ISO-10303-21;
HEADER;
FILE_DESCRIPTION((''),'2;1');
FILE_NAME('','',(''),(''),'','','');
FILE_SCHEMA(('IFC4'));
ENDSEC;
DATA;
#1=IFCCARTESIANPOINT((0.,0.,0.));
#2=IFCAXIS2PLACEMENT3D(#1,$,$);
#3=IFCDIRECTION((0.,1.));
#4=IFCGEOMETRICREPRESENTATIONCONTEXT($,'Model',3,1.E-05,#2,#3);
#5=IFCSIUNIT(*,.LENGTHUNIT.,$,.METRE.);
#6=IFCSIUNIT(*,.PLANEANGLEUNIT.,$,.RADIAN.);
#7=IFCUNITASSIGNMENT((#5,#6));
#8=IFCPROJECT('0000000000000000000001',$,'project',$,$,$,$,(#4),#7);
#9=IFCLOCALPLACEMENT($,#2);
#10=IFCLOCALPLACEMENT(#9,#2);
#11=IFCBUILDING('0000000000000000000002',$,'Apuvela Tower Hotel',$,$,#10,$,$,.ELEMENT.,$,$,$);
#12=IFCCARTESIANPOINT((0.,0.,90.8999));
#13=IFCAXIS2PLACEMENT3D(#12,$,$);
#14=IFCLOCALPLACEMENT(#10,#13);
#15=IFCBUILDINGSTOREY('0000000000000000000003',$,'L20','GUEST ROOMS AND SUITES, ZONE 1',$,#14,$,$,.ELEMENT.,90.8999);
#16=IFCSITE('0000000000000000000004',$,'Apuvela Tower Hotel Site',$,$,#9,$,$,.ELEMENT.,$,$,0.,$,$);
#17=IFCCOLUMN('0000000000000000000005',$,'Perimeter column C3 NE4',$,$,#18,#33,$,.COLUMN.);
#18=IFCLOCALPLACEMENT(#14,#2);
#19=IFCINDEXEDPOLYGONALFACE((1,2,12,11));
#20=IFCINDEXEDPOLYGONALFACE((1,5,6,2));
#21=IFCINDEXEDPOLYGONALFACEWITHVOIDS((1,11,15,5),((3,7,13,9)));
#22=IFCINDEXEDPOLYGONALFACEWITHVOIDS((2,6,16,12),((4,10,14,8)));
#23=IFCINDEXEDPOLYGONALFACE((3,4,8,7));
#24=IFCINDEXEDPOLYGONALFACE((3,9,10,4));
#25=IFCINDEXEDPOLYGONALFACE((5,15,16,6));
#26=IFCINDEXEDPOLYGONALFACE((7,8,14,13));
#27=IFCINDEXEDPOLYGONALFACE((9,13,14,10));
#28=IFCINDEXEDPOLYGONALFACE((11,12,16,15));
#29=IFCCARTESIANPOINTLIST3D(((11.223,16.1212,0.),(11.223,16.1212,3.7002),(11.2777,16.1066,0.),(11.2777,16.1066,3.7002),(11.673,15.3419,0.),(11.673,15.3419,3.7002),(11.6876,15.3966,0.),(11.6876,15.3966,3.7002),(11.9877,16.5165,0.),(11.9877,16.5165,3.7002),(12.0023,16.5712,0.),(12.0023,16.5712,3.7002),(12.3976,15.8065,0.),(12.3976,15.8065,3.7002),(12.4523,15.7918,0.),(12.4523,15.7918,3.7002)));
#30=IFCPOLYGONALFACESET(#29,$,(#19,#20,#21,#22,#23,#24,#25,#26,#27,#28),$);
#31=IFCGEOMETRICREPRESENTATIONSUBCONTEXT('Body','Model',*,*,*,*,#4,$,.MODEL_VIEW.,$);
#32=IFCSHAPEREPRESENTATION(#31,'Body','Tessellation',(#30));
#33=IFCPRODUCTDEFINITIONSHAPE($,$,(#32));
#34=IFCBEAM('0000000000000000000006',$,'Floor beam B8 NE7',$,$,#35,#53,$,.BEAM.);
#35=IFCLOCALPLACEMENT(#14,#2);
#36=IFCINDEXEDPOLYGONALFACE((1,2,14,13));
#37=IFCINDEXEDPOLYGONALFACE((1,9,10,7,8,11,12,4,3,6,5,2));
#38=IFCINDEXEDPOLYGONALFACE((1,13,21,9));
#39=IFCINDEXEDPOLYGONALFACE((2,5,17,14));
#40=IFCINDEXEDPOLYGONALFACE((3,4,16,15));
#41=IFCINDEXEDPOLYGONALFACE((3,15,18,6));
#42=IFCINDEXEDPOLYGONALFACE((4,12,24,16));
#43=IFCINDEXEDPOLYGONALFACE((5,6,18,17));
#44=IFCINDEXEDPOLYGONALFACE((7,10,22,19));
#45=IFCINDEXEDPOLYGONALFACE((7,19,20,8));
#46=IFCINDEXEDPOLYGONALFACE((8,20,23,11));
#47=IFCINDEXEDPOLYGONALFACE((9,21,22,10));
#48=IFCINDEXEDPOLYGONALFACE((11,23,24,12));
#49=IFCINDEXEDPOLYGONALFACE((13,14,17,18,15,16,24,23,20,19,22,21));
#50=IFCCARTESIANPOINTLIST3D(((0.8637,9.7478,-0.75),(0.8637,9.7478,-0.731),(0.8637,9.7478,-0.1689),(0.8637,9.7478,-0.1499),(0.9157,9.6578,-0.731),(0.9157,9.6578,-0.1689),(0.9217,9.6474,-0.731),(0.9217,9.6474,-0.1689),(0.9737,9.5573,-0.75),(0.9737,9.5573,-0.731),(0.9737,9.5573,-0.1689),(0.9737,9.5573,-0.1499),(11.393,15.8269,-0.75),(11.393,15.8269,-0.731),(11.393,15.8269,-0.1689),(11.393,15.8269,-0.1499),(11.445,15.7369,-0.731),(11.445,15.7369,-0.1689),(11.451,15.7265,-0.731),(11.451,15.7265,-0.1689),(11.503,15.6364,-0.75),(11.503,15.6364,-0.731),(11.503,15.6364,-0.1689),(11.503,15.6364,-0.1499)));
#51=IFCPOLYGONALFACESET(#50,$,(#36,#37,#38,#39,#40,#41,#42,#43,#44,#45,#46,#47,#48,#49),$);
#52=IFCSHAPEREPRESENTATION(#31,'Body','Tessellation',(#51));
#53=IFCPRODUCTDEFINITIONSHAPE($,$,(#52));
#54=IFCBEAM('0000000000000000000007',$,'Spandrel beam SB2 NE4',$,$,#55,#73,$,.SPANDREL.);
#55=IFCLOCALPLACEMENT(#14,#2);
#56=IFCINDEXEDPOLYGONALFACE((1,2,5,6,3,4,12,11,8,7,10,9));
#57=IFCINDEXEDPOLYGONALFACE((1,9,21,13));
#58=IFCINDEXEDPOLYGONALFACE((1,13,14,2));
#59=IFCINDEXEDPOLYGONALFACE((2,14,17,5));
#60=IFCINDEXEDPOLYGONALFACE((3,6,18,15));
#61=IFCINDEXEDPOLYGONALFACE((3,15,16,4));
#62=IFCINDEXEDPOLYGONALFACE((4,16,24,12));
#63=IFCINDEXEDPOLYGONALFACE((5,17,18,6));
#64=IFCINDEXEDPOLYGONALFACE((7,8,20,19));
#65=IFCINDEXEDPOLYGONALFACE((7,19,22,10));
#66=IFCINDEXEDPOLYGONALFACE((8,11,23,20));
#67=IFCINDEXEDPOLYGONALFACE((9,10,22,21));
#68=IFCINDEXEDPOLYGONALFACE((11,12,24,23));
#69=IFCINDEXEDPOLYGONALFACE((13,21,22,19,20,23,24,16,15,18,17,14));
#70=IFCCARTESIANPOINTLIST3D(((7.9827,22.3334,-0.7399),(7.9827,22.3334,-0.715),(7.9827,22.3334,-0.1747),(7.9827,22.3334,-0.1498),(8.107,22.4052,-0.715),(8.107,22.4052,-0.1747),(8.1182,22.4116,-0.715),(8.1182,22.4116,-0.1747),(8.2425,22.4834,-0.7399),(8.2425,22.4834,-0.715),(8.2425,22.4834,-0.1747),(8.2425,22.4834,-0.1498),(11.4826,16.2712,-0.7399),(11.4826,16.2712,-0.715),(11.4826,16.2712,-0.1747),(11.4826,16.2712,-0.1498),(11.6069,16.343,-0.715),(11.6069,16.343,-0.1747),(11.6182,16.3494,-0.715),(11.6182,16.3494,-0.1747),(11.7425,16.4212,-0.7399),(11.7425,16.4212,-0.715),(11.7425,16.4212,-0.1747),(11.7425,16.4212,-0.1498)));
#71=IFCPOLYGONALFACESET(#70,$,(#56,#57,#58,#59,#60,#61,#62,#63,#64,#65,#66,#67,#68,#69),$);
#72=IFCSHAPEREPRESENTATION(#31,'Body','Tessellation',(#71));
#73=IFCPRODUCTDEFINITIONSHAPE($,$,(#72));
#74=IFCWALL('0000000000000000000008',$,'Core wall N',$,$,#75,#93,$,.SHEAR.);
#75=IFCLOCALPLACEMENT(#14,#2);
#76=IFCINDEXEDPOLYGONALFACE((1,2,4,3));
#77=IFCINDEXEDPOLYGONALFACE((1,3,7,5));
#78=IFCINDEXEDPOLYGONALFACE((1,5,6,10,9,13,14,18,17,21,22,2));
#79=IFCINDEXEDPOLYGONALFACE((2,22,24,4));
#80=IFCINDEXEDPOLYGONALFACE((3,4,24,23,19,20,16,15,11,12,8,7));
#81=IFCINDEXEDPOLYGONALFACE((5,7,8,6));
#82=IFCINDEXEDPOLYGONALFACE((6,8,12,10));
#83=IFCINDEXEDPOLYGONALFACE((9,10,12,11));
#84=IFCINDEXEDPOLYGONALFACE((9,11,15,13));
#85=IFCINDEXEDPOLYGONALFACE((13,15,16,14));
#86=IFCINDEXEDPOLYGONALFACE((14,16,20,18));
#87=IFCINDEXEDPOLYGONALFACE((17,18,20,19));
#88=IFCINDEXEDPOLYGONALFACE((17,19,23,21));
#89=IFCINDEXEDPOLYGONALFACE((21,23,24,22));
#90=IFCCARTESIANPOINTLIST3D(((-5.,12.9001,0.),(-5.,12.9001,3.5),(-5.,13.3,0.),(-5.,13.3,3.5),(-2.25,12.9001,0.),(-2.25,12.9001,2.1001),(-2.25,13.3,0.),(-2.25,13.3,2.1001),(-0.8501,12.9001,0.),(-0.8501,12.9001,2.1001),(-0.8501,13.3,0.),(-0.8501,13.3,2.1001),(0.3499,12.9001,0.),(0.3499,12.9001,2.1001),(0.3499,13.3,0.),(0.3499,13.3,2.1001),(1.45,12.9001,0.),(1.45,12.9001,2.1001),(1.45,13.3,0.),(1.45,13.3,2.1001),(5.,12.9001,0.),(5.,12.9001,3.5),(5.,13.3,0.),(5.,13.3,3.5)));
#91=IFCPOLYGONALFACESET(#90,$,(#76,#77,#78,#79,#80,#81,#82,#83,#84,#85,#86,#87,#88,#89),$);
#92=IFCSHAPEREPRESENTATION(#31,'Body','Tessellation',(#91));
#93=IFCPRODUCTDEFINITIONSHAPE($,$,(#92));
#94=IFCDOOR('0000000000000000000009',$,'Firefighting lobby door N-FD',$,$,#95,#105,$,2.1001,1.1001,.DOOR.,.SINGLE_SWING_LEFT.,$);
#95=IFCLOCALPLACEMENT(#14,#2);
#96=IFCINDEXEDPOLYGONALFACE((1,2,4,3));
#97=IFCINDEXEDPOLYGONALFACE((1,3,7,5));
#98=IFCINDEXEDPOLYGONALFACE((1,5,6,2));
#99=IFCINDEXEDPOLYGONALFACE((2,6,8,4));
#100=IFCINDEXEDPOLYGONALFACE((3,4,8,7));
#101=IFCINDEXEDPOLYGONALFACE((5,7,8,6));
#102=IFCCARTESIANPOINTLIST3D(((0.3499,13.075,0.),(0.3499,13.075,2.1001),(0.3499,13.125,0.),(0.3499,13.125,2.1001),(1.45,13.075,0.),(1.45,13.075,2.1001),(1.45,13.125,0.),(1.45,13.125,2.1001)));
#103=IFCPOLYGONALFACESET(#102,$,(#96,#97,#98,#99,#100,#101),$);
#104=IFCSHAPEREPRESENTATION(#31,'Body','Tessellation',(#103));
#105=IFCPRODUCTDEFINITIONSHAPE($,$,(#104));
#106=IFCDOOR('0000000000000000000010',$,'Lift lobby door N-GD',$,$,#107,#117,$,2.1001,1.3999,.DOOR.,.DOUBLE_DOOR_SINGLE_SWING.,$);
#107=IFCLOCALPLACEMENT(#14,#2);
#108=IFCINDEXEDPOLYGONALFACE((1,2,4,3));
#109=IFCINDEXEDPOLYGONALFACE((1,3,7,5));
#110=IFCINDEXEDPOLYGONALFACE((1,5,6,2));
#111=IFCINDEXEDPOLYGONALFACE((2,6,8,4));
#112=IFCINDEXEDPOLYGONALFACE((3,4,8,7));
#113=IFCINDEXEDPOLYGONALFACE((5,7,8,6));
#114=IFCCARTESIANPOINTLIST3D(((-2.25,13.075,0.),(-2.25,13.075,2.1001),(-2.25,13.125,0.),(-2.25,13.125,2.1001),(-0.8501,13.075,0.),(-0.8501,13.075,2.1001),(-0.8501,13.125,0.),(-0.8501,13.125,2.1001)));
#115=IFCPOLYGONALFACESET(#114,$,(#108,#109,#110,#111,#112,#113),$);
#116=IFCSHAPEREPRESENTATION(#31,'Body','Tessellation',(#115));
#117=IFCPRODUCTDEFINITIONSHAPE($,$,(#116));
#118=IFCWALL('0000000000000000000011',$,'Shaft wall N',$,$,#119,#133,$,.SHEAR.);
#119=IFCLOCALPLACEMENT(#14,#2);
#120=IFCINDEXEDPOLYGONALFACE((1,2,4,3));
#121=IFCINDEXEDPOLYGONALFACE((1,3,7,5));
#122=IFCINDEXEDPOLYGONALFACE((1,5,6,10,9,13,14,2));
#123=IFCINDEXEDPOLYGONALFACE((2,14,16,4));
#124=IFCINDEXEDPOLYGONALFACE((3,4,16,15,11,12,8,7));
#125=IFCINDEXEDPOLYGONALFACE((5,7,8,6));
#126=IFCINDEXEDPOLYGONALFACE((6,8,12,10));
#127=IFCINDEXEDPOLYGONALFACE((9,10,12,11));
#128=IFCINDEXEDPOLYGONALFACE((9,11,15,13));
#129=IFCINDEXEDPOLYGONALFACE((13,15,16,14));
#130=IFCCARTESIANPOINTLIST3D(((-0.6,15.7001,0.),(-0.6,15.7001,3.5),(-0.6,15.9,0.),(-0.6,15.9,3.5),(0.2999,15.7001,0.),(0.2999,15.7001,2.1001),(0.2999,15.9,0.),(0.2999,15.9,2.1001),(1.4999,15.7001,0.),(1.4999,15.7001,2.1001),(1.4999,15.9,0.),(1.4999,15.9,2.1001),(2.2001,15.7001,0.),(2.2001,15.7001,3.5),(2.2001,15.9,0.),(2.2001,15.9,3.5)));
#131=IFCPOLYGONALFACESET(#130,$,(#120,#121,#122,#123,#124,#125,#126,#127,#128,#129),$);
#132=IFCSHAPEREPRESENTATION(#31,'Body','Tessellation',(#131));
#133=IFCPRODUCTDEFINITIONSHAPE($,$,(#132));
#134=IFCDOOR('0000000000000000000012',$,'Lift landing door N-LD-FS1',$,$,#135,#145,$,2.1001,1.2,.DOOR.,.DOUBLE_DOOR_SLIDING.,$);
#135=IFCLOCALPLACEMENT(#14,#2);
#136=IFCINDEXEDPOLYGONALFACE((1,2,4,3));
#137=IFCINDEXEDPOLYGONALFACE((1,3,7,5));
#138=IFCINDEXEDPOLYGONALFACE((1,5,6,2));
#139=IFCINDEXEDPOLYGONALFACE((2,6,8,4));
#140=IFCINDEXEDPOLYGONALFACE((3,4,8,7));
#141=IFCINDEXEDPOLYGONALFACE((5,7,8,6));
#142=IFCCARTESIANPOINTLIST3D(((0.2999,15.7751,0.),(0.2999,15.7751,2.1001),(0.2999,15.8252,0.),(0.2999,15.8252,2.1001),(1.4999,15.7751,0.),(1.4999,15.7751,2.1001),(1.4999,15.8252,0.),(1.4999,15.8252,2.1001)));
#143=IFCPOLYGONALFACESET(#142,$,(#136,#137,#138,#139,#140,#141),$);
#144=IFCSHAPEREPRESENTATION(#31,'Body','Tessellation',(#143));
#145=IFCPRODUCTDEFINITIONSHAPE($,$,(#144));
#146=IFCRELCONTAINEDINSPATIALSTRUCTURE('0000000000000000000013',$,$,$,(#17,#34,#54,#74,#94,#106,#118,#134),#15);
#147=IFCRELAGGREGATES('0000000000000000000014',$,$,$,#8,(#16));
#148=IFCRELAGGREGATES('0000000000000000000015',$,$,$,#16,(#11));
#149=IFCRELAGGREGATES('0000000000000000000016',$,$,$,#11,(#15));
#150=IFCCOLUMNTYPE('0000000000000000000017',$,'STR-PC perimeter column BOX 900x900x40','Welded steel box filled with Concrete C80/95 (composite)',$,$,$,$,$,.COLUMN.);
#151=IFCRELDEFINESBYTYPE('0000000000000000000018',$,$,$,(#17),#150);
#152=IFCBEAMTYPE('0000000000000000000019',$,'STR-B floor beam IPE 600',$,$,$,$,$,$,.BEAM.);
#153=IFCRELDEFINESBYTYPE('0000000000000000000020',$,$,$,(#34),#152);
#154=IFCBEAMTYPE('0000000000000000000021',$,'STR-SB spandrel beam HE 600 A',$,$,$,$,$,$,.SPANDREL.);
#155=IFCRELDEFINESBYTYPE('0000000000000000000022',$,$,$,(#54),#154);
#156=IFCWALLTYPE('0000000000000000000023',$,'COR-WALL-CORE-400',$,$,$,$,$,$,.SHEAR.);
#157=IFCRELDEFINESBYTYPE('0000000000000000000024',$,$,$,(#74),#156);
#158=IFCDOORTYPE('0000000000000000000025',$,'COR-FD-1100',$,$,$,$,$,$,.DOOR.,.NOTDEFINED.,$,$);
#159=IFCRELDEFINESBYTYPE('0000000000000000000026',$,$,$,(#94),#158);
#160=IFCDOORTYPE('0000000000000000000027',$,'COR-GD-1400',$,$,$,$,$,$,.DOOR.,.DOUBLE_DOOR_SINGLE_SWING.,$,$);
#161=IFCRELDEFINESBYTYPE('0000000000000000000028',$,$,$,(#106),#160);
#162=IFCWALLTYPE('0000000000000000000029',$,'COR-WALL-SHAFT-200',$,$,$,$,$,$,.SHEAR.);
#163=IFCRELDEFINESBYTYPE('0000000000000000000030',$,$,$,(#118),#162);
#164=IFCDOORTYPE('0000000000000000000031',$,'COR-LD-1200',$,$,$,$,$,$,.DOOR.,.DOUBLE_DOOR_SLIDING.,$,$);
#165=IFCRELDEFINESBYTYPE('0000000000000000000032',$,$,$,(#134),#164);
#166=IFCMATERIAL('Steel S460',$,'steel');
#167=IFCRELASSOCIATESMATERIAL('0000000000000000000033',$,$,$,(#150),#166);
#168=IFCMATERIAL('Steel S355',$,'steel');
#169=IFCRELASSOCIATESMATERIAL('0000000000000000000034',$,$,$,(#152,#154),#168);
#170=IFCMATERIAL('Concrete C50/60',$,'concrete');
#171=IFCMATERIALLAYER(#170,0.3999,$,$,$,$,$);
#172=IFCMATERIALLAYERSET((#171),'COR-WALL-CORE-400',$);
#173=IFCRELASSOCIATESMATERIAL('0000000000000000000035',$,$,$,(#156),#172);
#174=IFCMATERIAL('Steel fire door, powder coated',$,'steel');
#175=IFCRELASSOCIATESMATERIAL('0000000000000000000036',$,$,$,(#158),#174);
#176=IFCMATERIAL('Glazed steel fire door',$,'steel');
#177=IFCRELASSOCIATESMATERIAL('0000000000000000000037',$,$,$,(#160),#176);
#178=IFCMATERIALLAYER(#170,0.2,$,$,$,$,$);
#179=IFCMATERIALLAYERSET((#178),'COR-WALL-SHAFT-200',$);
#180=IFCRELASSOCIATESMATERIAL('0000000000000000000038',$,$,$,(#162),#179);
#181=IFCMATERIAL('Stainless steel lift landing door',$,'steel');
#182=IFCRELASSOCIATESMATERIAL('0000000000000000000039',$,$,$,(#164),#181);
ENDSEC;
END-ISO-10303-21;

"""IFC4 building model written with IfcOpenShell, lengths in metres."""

from ifc_helpers import new_model, si_unit, direction, frame, frame_2d, origin, origin_2d, place, context, subcontext, project, spatial, rectangle, hollow_rectangle, i_section, extrude, material, layer, layer_set, material_profile, profile_set, type_object, element, fill, save


model = new_model("IFC4")

# Units and contexts
model_context = context("Model", 3, precision=1e-05, world=origin(), true_north=direction((0.0, 1.0)))
body_context = subcontext(model_context, "Body", "Model", "MODEL_VIEW")
ifc_project = project(units=[si_unit("LENGTHUNIT", "METRE"), si_unit("PLANEANGLEUNIT", "RADIAN")], contexts=[model_context])

# Site, building, storey
site_placement = place(None, origin())
site = spatial("IfcSite", under=ifc_project, at=site_placement, Name="Apuvela Tower Hotel Site", CompositionType="ELEMENT", RefElevation=0.0)
building_placement = place(site_placement, origin())
building = spatial("IfcBuilding", under=site, at=building_placement, Name="Apuvela Tower Hotel", CompositionType="ELEMENT")
storey_placement = place(building_placement, frame((0.0, 0.0, 90.8999)))
storey = spatial("IfcBuildingStorey", under=building, at=storey_placement, Name="L20", Description="GUEST ROOMS AND SUITES, ZONE 1", CompositionType="ELEMENT", Elevation=90.8999)

# Column
ifc_material_1 = material(Name="Steel S460", Category="steel")
ifc_material_profile_1 = material_profile(ifc_material_1, hollow_rectangle(XDim=0.8999, YDim=0.8999, WallThickness=0.04, at=origin_2d()), Name="BOX 900x900x40")
ifc_material_2 = material(Name="Concrete C80/95", Category="concrete")
ifc_material_profile_2 = material_profile(ifc_material_2, rectangle(XDim=0.8201, YDim=0.8201, at=origin_2d()), Name="Concrete C80/95 infill")
ifc_profile_set_1 = profile_set([ifc_material_profile_1, ifc_material_profile_2], Name="Steel S460")
column_type = type_object("IfcColumnType", Name="STR-PC perimeter column BOX 900x900x40", Description="Welded steel box filled with Concrete C80/95 (composite)", PredefinedType="COLUMN", material=ifc_profile_set_1)
column_placement = place(storey_placement, frame((11.8376, 15.9565, 0.0), z_axis=(0.0, 0.0, 1.0), x_axis=(-0.5, 0.866025, 0.0)))
element("IfcColumn", 1, at=column_placement, inside=storey, type_object=column_type, Name="Perimeter column C3 NE4", PredefinedType="COLUMN", context=body_context, shape_type="SweptSolid", body=[
    extrude(hollow_rectangle(XDim=0.8999, YDim=0.8999, WallThickness=0.04, at=origin_2d()), origin(), (0.0, 0.0, 1.0), 3.7002),
])

# Beams
ifc_material_3 = material(Name="Steel S355", Category="steel")
ifc_material_profile_3 = material_profile(ifc_material_3, i_section(OverallWidth=0.22, OverallDepth=0.6001, WebThickness=0.012, FlangeThickness=0.019, at=origin_2d()), Name="IPE 600")
ifc_profile_set_2 = profile_set([ifc_material_profile_3], Name="Steel S355")
beam_type_1 = type_object("IfcBeamType", Name="STR-B floor beam IPE 600", PredefinedType="BEAM", material=ifc_profile_set_2)
beam_1_placement = place(storey_placement, frame((11.448, 15.7317, -0.45), z_axis=(-0.866025, -0.500001, 0.0), x_axis=(0.500001, -0.866025, 0.0)))
element("IfcBeam", 2, at=beam_1_placement, inside=storey, type_object=beam_type_1, Name="Floor beam B8 NE7", PredefinedType="BEAM", context=body_context, shape_type="SweptSolid", body=[
    extrude(i_section(OverallWidth=0.22, OverallDepth=0.6001, WebThickness=0.012, FlangeThickness=0.019, at=origin_2d()), origin(), (0.0, 0.0, 1.0), 12.1582),
])
ifc_material_profile_4 = material_profile(ifc_material_3, i_section(OverallWidth=0.3, OverallDepth=0.5901, WebThickness=0.0129, FlangeThickness=0.0249, at=origin_2d()), Name="HE 600 A")
ifc_profile_set_3 = profile_set([ifc_material_profile_4], Name="Steel S355")
beam_type_2 = type_object("IfcBeamType", Name="STR-SB spandrel beam HE 600 A", PredefinedType="SPANDREL", material=ifc_profile_set_3)
beam_2_placement = place(storey_placement, frame((11.6125, 16.3462, -0.4448), z_axis=(-0.499995, 0.866028, 0.0), x_axis=(-0.866028, -0.499995, 0.0)))
element("IfcBeam", 3, at=beam_2_placement, inside=storey, type_object=beam_type_2, Name="Spandrel beam SB2 NE4", PredefinedType="SPANDREL", context=body_context, shape_type="SweptSolid", body=[
    extrude(i_section(OverallWidth=0.3, OverallDepth=0.5901, WebThickness=0.0129, FlangeThickness=0.0249, at=origin_2d()), origin(), (0.0, 0.0, 1.0), 7.0),
])

# Wall, openings, doors
ifc_material_4 = material(Name="Concrete C50/60", Category="concrete")
ifc_layer_1 = layer(ifc_material_4, 0.3999)
ifc_layer_set_1 = layer_set([ifc_layer_1], Name="COR-WALL-CORE-400")
wall_type_1 = type_object("IfcWallType", Name="COR-WALL-CORE-400", PredefinedType="SHEAR", material=ifc_layer_set_1)
wall_1_placement = place(storey_placement, frame((5.0, 13.1001, 0.0), z_axis=(0.0, 0.0, 1.0), x_axis=(-1.0, 0.0, 0.0)))
wall_1 = element("IfcWall", 4, at=wall_1_placement, inside=storey, type_object=wall_type_1, Name="Core wall N", PredefinedType="SHEAR", context=body_context, shape_type="SweptSolid", body=[
    extrude(rectangle(XDim=10.0, YDim=0.3999, at=frame_2d((5.0, 0.0))), origin(), (0.0, 0.0, 1.0), 3.5),
])
opening_1_placement = place(wall_1_placement, frame((3.55, 0.0, 0.0)))
opening_1 = element("IfcOpeningElement", 5, at=opening_1_placement, cuts=wall_1, PredefinedType="OPENING", context=body_context, shape_type="SweptSolid", body=[
    extrude(rectangle(XDim=1.1001, YDim=2.1001, at=frame_2d((0.55, 1.05))), frame((0.0, 0.21, 0.0), z_axis=(0.0, -1.0, 0.0), x_axis=(1.0, 0.0, 0.0)), (0.0, 0.0, 1.0), 0.4199),
])
opening_2_placement = place(wall_1_placement, frame((5.8501, 0.0, 0.0)))
opening_2 = element("IfcOpeningElement", 6, at=opening_2_placement, cuts=wall_1, PredefinedType="OPENING", context=body_context, shape_type="SweptSolid", body=[
    extrude(rectangle(XDim=1.3999, YDim=2.1001, at=frame_2d((0.7, 1.05))), frame((0.0, 0.21, 0.0), z_axis=(0.0, -1.0, 0.0), x_axis=(1.0, 0.0, 0.0)), (0.0, 0.0, 1.0), 0.4199),
])
ifc_material_5 = material(Name="Steel fire door, powder coated", Category="steel")
door_type_1 = type_object("IfcDoorType", Name="COR-FD-1100", OperationType="NOTDEFINED", PredefinedType="DOOR", material=ifc_material_5)
door_1_placement = place(opening_1_placement, frame((1.1001, 0.0, 0.0), z_axis=(0.0, 0.0, 1.0), x_axis=(-1.0, 0.0, 0.0)))
door_1 = element("IfcDoor", 7, at=door_1_placement, inside=storey, type_object=door_type_1, Name="Firefighting lobby door N-FD", OperationType="SINGLE_SWING_LEFT", OverallHeight=2.1001, OverallWidth=1.1001, PredefinedType="DOOR", context=body_context, shape_type="SweptSolid", body=[
    extrude(rectangle(XDim=1.1001, YDim=2.1001, at=frame_2d((0.55, 1.05))), frame((0.0, 0.0249, 0.0), z_axis=(0.0, -1.0, 0.0), x_axis=(1.0, 0.0, 0.0)), (0.0, 0.0, 1.0), 0.05),
])
fill(opening_1, door_1)
ifc_material_6 = material(Name="Glazed steel fire door", Category="steel")
door_type_2 = type_object("IfcDoorType", Name="COR-GD-1400", OperationType="DOUBLE_DOOR_SINGLE_SWING", PredefinedType="DOOR", material=ifc_material_6)
door_2_placement = place(opening_2_placement, frame((1.3999, 0.0, 0.0), z_axis=(0.0, 0.0, 1.0), x_axis=(-1.0, 0.0, 0.0)))
door_2 = element("IfcDoor", 8, at=door_2_placement, inside=storey, type_object=door_type_2, Name="Lift lobby door N-GD", OperationType="DOUBLE_DOOR_SINGLE_SWING", OverallHeight=2.1001, OverallWidth=1.3999, PredefinedType="DOOR", context=body_context, shape_type="SweptSolid", body=[
    extrude(rectangle(XDim=1.3999, YDim=2.1001, at=frame_2d((0.7, 1.05))), frame((0.0, 0.0249, 0.0), z_axis=(0.0, -1.0, 0.0), x_axis=(1.0, 0.0, 0.0)), (0.0, 0.0, 1.0), 0.05),
])
fill(opening_2, door_2)

# Wall, opening, door
ifc_layer_2 = layer(ifc_material_4, 0.2)
ifc_layer_set_2 = layer_set([ifc_layer_2], Name="COR-WALL-SHAFT-200")
wall_type_2 = type_object("IfcWallType", Name="COR-WALL-SHAFT-200", PredefinedType="SHEAR", material=ifc_layer_set_2)
wall_2_placement = place(storey_placement, frame((2.2, 15.8, 0.0), z_axis=(0.0, 0.0, 1.0), x_axis=(-1.0, 0.0, 0.0)))
wall_2 = element("IfcWall", 9, at=wall_2_placement, inside=storey, type_object=wall_type_2, Name="Shaft wall N", PredefinedType="SHEAR", context=body_context, shape_type="SweptSolid", body=[
    extrude(rectangle(XDim=2.8, YDim=0.2, at=frame_2d((1.3999, 0.0))), origin(), (0.0, 0.0, 1.0), 3.5),
])
opening_3_placement = place(wall_2_placement, frame((0.7, 0.0, 0.0)))
opening_3 = element("IfcOpeningElement", 10, at=opening_3_placement, cuts=wall_2, PredefinedType="OPENING", context=body_context, shape_type="SweptSolid", body=[
    extrude(rectangle(XDim=1.2, YDim=2.1001, at=frame_2d((0.6001, 1.05))), frame((0.0, 0.1099, 0.0), z_axis=(0.0, -1.0, 0.0), x_axis=(1.0, 0.0, 0.0)), (0.0, 0.0, 1.0), 0.22),
])
ifc_material_7 = material(Name="Stainless steel lift landing door", Category="steel")
door_type_3 = type_object("IfcDoorType", Name="COR-LD-1200", OperationType="DOUBLE_DOOR_SLIDING", PredefinedType="DOOR", material=ifc_material_7)
door_3_placement = place(opening_3_placement, origin())
door_3 = element("IfcDoor", 11, at=door_3_placement, inside=storey, type_object=door_type_3, Name="Lift landing door N-LD-FS1", OperationType="DOUBLE_DOOR_SLIDING", OverallHeight=2.1001, OverallWidth=1.2, PredefinedType="DOOR", context=body_context, shape_type="SweptSolid", body=[
    extrude(rectangle(XDim=1.2, YDim=2.1001, at=frame_2d((0.6001, 1.05))), frame((0.0, 0.0249, 0.0), z_axis=(0.0, -1.0, 0.0), x_axis=(1.0, 0.0, 0.0)), (0.0, 0.0, 1.0), 0.05),
])
fill(opening_3, door_3)

save(model, "model.ifc")
